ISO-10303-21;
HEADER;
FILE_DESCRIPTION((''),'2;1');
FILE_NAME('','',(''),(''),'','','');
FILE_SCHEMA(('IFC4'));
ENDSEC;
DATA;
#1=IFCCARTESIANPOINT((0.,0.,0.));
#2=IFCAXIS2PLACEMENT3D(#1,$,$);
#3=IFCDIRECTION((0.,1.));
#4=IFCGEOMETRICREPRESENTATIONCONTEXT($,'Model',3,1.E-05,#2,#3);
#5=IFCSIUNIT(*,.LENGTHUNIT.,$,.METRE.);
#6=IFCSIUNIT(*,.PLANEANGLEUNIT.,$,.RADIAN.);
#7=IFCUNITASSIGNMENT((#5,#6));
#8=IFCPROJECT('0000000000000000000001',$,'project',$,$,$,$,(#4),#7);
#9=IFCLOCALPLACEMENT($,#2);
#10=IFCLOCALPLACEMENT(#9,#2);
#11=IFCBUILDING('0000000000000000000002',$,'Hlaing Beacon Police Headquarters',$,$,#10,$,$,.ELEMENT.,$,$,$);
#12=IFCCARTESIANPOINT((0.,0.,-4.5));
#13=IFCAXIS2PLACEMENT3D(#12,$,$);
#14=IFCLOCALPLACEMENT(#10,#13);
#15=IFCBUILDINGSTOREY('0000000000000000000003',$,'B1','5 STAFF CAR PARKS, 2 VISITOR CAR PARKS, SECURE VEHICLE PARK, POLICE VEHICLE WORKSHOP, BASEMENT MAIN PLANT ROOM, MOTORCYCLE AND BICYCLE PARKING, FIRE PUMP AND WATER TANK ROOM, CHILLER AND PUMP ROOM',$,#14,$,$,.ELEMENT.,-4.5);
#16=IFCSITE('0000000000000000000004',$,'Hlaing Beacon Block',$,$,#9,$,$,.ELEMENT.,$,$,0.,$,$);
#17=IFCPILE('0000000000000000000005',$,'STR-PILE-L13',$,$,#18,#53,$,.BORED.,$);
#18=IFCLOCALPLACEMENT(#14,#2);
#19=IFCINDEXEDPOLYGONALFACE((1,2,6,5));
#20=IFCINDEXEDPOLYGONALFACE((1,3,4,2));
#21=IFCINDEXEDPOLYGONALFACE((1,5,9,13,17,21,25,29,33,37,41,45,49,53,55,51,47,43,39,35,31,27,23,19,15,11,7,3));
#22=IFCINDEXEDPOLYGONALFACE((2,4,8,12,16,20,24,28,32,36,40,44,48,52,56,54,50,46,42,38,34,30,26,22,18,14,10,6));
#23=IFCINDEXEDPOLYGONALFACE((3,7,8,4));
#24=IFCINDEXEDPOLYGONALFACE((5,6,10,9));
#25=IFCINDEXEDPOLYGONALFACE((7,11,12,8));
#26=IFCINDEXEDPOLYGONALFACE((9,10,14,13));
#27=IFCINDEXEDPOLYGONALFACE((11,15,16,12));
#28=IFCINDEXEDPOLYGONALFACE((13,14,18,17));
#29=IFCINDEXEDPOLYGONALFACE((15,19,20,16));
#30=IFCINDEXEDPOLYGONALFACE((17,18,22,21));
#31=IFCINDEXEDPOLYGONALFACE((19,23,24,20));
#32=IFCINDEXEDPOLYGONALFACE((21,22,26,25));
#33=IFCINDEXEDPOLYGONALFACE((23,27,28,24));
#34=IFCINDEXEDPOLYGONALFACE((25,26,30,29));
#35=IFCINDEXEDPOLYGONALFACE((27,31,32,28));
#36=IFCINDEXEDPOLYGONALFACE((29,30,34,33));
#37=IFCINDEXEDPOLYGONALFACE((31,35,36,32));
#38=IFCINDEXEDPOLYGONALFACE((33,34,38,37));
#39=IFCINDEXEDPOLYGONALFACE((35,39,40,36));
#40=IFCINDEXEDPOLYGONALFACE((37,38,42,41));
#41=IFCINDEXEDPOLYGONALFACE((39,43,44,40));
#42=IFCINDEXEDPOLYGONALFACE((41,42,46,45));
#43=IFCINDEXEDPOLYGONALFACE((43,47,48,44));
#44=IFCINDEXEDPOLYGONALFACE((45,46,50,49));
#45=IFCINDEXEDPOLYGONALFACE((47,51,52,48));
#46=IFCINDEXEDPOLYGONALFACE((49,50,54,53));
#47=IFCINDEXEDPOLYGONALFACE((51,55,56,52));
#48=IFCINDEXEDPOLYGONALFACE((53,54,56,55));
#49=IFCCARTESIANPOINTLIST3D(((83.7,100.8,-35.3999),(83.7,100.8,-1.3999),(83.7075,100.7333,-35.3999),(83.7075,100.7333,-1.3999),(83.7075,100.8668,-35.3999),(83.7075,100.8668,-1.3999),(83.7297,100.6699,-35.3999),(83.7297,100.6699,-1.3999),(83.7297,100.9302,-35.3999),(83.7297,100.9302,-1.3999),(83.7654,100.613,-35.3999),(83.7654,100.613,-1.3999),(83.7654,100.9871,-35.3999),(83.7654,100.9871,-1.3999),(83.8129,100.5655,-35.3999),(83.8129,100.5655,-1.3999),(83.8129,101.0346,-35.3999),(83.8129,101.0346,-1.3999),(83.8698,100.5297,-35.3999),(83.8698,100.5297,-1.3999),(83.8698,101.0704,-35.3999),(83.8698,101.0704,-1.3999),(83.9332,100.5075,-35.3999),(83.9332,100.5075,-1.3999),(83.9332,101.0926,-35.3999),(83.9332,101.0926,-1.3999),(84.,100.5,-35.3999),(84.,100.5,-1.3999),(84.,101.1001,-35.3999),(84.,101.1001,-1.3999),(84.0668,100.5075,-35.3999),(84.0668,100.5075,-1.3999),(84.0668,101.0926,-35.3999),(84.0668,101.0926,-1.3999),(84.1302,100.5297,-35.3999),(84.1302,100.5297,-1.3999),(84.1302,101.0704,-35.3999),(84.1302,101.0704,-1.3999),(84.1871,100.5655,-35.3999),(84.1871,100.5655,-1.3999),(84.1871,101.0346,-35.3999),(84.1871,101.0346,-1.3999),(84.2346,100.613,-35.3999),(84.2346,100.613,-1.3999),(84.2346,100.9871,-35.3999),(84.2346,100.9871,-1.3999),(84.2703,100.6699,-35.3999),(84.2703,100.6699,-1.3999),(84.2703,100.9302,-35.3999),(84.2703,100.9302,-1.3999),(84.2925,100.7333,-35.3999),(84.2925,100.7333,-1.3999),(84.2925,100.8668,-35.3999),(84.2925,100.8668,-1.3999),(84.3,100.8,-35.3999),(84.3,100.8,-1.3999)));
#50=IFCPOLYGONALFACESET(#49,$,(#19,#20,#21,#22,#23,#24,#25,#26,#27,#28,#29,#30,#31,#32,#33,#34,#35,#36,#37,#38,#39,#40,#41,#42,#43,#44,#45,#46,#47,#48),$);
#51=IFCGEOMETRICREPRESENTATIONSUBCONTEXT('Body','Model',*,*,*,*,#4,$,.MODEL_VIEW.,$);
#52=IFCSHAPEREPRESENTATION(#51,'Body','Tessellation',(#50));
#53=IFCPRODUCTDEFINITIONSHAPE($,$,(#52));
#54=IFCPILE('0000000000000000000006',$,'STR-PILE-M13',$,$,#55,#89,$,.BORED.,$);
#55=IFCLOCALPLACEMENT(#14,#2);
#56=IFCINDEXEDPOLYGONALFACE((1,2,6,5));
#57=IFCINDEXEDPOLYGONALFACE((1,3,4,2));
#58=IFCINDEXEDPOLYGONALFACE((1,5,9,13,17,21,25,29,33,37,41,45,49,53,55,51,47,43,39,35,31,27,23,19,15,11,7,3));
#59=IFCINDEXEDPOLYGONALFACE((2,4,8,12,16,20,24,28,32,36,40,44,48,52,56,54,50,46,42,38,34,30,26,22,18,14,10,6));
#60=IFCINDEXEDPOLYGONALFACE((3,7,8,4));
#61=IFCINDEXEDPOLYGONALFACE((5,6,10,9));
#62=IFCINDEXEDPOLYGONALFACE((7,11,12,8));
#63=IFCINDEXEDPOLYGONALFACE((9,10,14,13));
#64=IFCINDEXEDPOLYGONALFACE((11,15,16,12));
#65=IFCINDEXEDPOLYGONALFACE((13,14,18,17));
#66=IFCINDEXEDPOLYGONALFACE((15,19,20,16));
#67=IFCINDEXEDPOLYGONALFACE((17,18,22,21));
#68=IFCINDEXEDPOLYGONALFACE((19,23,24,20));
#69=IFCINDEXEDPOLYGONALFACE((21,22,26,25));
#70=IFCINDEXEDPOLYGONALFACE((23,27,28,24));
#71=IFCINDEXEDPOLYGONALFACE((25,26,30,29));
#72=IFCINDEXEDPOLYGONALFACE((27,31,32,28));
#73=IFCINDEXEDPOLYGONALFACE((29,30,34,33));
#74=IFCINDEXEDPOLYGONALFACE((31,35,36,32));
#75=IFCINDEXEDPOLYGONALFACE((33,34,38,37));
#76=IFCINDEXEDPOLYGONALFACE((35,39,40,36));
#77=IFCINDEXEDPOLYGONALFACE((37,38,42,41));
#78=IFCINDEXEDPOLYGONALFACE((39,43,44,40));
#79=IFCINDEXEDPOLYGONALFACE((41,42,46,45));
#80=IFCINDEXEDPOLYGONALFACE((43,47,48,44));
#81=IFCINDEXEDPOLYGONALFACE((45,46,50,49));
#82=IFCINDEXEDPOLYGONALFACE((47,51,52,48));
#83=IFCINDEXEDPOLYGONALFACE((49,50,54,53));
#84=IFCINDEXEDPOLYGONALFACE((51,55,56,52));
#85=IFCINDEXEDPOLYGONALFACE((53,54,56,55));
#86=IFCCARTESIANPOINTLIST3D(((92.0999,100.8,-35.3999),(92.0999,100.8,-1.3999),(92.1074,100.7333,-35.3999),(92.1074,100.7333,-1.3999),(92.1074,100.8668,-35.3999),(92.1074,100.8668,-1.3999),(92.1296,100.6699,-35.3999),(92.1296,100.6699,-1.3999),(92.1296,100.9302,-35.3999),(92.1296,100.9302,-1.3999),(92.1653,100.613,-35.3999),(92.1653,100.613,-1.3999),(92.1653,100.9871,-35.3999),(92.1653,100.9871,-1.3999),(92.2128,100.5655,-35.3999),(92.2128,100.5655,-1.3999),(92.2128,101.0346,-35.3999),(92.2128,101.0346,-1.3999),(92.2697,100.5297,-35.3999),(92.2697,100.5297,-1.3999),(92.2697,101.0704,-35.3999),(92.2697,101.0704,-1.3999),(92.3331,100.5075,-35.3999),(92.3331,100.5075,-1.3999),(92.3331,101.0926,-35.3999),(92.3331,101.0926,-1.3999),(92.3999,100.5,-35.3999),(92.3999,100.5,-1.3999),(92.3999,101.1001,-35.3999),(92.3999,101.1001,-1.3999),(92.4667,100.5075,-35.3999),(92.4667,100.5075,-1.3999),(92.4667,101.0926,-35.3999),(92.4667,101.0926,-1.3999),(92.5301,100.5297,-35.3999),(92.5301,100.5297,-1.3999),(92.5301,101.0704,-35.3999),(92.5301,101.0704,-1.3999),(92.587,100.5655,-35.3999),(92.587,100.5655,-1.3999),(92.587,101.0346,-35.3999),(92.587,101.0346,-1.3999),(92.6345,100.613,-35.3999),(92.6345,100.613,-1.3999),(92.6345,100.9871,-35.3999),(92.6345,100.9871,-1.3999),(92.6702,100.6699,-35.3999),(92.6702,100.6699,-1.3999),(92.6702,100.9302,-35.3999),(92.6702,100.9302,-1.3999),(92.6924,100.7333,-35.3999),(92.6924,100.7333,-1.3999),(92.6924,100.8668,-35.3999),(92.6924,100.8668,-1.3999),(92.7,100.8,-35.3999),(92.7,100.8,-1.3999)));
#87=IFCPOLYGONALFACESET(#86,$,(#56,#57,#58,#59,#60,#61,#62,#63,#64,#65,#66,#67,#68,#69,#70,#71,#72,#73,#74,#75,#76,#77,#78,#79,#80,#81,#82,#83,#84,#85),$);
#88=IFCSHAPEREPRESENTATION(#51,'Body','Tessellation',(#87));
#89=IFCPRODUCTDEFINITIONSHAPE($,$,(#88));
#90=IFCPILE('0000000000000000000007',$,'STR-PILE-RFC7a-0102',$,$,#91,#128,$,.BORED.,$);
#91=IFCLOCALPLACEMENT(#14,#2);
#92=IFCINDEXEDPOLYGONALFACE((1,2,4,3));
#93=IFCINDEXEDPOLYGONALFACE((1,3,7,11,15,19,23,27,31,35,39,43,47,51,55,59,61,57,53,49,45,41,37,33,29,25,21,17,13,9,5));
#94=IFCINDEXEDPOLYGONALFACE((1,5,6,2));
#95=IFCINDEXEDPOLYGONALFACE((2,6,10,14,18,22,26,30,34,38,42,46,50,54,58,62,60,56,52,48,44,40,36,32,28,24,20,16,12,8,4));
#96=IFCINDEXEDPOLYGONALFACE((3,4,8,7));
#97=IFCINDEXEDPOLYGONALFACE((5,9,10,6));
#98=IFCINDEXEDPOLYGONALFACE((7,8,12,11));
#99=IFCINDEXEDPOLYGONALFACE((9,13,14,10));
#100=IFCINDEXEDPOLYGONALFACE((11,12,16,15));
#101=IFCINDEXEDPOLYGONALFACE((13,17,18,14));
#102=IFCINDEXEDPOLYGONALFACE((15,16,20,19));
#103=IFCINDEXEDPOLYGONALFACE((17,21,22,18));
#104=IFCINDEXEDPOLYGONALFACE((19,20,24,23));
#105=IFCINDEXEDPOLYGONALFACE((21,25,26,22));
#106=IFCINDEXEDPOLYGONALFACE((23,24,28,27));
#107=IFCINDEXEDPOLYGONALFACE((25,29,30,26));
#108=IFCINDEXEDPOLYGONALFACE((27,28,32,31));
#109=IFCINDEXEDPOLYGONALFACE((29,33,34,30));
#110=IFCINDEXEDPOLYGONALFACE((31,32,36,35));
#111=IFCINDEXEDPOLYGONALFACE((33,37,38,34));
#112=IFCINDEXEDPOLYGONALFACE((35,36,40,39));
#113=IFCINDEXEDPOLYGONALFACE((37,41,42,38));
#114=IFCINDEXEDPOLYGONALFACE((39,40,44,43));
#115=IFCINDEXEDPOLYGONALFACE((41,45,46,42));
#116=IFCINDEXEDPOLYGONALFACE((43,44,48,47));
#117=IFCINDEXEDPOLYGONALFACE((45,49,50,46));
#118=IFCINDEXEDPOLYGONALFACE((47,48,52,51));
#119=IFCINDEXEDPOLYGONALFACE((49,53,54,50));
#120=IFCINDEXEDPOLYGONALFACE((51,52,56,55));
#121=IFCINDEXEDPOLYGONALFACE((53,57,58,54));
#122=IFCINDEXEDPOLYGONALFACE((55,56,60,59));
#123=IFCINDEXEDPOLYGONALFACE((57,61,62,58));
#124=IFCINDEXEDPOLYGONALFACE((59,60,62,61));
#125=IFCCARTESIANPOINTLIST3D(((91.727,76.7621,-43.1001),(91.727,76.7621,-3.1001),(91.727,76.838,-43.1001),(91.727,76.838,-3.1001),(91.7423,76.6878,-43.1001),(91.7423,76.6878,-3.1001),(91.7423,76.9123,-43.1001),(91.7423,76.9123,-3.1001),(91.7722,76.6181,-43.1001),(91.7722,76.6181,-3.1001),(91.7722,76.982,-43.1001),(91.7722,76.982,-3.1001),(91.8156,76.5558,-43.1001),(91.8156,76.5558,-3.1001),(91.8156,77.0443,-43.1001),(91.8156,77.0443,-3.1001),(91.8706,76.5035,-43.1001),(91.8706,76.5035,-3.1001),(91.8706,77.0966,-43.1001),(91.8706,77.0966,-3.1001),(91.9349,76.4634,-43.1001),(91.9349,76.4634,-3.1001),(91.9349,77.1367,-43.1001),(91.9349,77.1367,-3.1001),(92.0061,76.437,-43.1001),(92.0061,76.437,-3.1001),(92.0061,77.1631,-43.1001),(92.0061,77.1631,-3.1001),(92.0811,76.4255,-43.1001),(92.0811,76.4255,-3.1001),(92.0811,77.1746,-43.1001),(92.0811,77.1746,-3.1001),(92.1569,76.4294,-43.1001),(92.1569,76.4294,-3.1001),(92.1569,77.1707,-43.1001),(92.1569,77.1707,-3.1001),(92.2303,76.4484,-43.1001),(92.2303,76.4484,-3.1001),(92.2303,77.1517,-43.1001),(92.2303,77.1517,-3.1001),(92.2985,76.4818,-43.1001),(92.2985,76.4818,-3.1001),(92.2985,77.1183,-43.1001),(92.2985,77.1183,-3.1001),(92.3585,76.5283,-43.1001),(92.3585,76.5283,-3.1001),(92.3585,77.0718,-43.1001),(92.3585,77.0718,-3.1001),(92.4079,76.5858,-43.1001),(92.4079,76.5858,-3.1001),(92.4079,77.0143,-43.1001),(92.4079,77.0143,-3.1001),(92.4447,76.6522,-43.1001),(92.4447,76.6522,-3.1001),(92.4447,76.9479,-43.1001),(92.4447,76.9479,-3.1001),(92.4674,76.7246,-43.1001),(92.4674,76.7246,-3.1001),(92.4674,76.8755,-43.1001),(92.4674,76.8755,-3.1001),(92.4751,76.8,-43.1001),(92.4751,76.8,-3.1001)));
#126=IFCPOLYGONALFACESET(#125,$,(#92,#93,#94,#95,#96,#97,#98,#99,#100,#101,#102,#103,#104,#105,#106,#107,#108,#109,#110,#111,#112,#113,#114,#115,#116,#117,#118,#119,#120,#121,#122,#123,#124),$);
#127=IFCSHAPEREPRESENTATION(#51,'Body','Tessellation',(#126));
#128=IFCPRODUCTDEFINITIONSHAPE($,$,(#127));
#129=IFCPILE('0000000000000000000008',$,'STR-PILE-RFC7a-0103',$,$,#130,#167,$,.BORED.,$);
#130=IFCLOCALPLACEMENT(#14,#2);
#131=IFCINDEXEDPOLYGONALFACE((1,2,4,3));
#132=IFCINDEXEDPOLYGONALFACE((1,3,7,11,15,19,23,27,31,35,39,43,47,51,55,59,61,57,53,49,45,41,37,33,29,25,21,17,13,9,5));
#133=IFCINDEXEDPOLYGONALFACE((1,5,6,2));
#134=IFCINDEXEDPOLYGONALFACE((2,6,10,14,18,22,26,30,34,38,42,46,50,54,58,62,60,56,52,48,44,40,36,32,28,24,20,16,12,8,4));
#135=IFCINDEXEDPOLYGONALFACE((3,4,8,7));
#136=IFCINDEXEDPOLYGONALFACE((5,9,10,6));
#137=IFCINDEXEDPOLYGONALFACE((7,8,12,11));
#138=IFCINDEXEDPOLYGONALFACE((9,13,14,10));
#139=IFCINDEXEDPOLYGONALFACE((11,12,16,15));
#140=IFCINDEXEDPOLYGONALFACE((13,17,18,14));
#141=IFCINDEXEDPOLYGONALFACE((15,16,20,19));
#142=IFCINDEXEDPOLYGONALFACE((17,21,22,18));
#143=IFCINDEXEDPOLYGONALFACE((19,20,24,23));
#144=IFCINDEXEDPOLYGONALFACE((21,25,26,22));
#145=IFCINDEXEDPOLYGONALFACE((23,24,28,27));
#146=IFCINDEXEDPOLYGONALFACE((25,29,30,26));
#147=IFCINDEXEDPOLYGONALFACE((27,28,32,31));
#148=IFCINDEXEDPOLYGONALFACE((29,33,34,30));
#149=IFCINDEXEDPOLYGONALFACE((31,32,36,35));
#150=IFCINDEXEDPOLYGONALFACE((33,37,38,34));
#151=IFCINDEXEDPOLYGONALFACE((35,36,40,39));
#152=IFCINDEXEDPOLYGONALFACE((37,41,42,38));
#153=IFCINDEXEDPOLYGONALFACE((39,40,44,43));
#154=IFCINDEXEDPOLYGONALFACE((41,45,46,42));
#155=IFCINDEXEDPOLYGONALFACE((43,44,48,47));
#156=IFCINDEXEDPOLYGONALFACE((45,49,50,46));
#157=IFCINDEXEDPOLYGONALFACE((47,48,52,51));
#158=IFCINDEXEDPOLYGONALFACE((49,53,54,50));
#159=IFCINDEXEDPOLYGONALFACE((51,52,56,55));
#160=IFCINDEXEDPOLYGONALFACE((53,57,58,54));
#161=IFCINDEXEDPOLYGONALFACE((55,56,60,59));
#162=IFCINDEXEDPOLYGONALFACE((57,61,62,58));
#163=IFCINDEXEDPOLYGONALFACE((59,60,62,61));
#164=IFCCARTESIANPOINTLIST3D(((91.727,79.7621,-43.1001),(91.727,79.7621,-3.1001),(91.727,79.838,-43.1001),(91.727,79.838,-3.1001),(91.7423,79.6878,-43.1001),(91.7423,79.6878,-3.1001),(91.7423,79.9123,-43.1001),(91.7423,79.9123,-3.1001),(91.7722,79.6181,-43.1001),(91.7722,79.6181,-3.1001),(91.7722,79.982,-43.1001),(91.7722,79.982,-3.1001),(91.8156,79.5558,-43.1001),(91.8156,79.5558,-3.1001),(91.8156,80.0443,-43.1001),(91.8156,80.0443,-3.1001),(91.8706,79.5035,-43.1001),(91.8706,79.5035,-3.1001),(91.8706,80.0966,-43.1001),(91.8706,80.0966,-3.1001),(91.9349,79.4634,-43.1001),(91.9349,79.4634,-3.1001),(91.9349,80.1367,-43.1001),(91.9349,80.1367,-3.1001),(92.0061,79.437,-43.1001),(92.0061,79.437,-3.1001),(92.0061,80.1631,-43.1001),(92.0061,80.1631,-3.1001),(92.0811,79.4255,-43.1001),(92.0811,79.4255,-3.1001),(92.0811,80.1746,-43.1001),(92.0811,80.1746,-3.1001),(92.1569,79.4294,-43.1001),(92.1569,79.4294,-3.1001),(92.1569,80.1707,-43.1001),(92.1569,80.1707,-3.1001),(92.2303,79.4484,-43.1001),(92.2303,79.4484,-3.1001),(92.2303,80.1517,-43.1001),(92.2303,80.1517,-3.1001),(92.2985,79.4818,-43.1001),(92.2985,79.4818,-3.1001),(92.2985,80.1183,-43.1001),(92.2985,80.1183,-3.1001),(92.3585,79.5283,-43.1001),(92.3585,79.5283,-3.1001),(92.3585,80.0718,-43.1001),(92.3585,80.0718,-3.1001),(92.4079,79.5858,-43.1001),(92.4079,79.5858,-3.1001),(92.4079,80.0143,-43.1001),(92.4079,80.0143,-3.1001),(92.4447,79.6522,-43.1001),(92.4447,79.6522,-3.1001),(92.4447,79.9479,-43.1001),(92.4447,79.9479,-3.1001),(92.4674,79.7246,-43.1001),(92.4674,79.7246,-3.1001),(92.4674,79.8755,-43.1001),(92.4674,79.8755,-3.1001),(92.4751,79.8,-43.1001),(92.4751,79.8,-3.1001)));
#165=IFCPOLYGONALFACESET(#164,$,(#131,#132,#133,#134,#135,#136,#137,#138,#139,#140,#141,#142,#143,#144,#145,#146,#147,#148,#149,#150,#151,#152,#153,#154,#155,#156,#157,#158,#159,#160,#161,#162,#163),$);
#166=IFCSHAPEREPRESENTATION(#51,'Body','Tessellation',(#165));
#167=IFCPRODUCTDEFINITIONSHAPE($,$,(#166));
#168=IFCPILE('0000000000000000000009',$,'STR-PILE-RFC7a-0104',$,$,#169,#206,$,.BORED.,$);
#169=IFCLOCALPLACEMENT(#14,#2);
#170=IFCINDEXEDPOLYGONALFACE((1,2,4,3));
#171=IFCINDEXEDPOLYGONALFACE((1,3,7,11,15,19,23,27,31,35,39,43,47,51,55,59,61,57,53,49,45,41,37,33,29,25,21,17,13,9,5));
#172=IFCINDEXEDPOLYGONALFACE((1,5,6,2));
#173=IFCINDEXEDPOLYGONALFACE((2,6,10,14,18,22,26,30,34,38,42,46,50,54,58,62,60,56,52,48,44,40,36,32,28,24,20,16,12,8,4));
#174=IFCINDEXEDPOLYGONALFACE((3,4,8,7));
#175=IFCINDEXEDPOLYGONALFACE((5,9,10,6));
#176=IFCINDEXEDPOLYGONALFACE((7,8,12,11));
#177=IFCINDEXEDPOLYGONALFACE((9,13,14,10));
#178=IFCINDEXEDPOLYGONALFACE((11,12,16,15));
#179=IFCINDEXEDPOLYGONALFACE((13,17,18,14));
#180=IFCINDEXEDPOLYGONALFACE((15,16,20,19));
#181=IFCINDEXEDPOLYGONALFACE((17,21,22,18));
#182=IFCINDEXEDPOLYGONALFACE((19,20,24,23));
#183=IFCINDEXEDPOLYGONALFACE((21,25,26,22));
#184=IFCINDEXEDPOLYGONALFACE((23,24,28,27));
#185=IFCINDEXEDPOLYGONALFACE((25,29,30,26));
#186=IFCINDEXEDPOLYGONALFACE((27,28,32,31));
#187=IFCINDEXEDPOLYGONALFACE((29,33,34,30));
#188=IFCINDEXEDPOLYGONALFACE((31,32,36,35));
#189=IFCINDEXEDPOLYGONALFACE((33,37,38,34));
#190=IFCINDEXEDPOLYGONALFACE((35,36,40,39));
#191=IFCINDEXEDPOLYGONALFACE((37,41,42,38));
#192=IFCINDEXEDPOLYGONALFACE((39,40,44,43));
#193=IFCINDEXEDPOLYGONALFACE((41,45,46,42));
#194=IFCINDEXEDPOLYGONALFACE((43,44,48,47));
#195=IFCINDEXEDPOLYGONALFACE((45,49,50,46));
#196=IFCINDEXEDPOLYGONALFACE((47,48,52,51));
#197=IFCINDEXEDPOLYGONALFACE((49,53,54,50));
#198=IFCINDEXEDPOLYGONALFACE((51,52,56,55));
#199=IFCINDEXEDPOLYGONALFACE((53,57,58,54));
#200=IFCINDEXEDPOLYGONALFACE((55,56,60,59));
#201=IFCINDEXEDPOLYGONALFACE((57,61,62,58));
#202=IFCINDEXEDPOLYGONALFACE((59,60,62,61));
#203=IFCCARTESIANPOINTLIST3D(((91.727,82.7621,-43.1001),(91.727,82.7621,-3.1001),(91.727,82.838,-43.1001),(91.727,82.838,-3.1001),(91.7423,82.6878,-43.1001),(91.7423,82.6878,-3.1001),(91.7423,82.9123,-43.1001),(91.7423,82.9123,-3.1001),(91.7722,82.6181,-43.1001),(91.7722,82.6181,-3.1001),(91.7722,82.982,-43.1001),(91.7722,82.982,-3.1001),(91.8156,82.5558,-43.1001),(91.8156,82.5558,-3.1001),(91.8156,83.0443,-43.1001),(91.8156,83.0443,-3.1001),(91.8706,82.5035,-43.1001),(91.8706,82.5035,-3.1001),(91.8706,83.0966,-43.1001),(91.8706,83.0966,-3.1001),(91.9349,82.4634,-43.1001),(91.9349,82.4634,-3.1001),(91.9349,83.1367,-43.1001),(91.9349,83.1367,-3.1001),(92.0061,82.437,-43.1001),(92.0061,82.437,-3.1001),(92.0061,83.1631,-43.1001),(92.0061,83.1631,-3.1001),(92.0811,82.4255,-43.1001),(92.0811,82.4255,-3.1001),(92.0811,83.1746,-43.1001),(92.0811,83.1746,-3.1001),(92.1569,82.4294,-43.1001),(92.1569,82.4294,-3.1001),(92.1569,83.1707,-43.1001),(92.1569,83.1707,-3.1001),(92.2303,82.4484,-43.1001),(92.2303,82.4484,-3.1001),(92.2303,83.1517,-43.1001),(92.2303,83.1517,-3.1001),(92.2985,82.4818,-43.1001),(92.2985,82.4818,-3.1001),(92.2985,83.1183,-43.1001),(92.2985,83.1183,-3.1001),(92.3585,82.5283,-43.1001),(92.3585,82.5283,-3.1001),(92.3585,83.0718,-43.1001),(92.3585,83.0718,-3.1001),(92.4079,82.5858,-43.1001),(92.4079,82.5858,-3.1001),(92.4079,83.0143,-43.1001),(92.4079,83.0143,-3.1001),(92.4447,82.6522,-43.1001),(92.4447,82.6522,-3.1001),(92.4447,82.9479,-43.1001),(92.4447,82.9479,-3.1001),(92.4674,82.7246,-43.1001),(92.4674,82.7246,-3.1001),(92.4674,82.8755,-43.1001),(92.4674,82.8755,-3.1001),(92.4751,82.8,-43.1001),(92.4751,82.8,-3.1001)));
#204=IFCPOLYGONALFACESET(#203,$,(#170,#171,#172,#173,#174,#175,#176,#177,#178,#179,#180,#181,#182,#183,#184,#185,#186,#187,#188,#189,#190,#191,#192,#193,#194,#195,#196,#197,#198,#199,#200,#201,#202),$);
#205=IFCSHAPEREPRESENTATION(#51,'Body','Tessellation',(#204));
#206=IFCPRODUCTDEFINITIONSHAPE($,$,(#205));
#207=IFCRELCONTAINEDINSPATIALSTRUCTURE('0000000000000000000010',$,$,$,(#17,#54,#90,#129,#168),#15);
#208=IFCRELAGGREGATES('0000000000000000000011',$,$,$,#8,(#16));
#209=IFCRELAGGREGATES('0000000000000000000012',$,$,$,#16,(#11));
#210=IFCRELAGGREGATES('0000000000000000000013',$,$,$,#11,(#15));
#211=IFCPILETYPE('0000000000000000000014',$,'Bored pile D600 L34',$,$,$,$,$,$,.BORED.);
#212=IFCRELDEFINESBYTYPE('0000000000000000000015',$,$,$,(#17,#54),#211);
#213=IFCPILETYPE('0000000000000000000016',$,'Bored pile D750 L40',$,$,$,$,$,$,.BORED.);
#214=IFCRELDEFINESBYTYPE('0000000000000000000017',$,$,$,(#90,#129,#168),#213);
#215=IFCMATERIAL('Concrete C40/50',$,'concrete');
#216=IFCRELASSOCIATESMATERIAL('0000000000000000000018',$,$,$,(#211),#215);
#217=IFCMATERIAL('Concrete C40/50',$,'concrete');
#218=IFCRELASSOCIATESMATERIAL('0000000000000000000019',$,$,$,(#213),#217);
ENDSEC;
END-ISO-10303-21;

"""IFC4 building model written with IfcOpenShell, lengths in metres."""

from ifc_helpers import new_model, si_unit, direction, frame, origin, origin_2d, place, context, subcontext, project, spatial, circle, extrude, material, material_profile, profile_set, type_object, element, save


model = new_model("IFC4")

# Units and contexts
model_context = context("Model", 3, precision=1e-05, world=origin(), true_north=direction((0.0, 1.0)))
body_context = subcontext(model_context, "Body", "Model", "MODEL_VIEW")
ifc_project = project(units=[si_unit("LENGTHUNIT", "METRE"), si_unit("PLANEANGLEUNIT", "RADIAN")], contexts=[model_context])

# Site, building, storey
site_placement = place(None, origin())
site = spatial("IfcSite", under=ifc_project, at=site_placement, Name="Hlaing Beacon Block", CompositionType="ELEMENT", RefElevation=0.0)
building_placement = place(site_placement, origin())
building = spatial("IfcBuilding", under=site, at=building_placement, Name="Hlaing Beacon Police Headquarters", CompositionType="ELEMENT")
storey_placement = place(building_placement, frame((0.0, 0.0, -4.5)))
storey = spatial("IfcBuildingStorey", under=building, at=storey_placement, Name="B1", Description="5 STAFF CAR PARKS, 2 VISITOR CAR PARKS, SECURE VEHICLE PARK, POLICE VEHICLE WORKSHOP, BASEMENT MAIN PLANT ROOM, MOTORCYCLE AND BICYCLE PARKING, FIRE PUMP AND WATER TANK ROOM, CHILLER AND PUMP ROOM", CompositionType="ELEMENT", Elevation=-4.5)

# Piles
ifc_material_1 = material(Name="Concrete C40/50", Category="concrete")
ifc_material_profile_1 = material_profile(ifc_material_1, circle(Radius=0.3, at=origin_2d()), Name="D600")
ifc_profile_set_1 = profile_set([ifc_material_profile_1], Name="Concrete C40/50")
pile_type_1 = type_object("IfcPileType", Name="Bored pile D600 L34", PredefinedType="BORED", material=ifc_profile_set_1)
for number, where, z_axis, x_axis, name in (
    (1, (84.0, 100.8, -1.3999), (0.0, 0.0, -1.0), (1.0, 0.0, 0.0), "STR-PILE-L13"),
    (2, (92.3999, 100.8, -1.3999), (0.0, 0.0, -1.0), (1.0, 0.0, 0.0), "STR-PILE-M13"),
):
    element("IfcPile", number, at=place(storey_placement, frame(where, z_axis=z_axis, x_axis=x_axis)), inside=storey, type_object=pile_type_1, Name=name, PredefinedType="BORED", context=body_context, shape_type="SweptSolid", body=[
        extrude(circle(Radius=0.3, at=origin_2d()), origin(), (0.0, 0.0, 1.0), 34.0),
    ])
ifc_material_2 = material(Name="Concrete C40/50", Category="concrete")
ifc_material_profile_2 = material_profile(ifc_material_2, circle(Radius=0.375, at=origin_2d()), Name="D750")
ifc_profile_set_2 = profile_set([ifc_material_profile_2], Name="Concrete C40/50")
pile_type_2 = type_object("IfcPileType", Name="Bored pile D750 L40", PredefinedType="BORED", material=ifc_profile_set_2)
for number, where, z_axis, x_axis, name in (
    (3, (92.1001, 76.8, -3.1001), (0.0, 0.0, -1.0), (1.0, 0.0, 0.0), "STR-PILE-RFC7a-0102"),
    (4, (92.1001, 79.8, -3.1001), (0.0, 0.0, -1.0), (1.0, 0.0, 0.0), "STR-PILE-RFC7a-0103"),
    (5, (92.1001, 82.8, -3.1001), (0.0, 0.0, -1.0), (1.0, 0.0, 0.0), "STR-PILE-RFC7a-0104"),
):
    element("IfcPile", number, at=place(storey_placement, frame(where, z_axis=z_axis, x_axis=x_axis)), inside=storey, type_object=pile_type_2, Name=name, PredefinedType="BORED", context=body_context, shape_type="SweptSolid", body=[
        extrude(circle(Radius=0.375, at=origin_2d()), origin(), (0.0, 0.0, 1.0), 40.0),
    ])

save(model, "model.ifc")
